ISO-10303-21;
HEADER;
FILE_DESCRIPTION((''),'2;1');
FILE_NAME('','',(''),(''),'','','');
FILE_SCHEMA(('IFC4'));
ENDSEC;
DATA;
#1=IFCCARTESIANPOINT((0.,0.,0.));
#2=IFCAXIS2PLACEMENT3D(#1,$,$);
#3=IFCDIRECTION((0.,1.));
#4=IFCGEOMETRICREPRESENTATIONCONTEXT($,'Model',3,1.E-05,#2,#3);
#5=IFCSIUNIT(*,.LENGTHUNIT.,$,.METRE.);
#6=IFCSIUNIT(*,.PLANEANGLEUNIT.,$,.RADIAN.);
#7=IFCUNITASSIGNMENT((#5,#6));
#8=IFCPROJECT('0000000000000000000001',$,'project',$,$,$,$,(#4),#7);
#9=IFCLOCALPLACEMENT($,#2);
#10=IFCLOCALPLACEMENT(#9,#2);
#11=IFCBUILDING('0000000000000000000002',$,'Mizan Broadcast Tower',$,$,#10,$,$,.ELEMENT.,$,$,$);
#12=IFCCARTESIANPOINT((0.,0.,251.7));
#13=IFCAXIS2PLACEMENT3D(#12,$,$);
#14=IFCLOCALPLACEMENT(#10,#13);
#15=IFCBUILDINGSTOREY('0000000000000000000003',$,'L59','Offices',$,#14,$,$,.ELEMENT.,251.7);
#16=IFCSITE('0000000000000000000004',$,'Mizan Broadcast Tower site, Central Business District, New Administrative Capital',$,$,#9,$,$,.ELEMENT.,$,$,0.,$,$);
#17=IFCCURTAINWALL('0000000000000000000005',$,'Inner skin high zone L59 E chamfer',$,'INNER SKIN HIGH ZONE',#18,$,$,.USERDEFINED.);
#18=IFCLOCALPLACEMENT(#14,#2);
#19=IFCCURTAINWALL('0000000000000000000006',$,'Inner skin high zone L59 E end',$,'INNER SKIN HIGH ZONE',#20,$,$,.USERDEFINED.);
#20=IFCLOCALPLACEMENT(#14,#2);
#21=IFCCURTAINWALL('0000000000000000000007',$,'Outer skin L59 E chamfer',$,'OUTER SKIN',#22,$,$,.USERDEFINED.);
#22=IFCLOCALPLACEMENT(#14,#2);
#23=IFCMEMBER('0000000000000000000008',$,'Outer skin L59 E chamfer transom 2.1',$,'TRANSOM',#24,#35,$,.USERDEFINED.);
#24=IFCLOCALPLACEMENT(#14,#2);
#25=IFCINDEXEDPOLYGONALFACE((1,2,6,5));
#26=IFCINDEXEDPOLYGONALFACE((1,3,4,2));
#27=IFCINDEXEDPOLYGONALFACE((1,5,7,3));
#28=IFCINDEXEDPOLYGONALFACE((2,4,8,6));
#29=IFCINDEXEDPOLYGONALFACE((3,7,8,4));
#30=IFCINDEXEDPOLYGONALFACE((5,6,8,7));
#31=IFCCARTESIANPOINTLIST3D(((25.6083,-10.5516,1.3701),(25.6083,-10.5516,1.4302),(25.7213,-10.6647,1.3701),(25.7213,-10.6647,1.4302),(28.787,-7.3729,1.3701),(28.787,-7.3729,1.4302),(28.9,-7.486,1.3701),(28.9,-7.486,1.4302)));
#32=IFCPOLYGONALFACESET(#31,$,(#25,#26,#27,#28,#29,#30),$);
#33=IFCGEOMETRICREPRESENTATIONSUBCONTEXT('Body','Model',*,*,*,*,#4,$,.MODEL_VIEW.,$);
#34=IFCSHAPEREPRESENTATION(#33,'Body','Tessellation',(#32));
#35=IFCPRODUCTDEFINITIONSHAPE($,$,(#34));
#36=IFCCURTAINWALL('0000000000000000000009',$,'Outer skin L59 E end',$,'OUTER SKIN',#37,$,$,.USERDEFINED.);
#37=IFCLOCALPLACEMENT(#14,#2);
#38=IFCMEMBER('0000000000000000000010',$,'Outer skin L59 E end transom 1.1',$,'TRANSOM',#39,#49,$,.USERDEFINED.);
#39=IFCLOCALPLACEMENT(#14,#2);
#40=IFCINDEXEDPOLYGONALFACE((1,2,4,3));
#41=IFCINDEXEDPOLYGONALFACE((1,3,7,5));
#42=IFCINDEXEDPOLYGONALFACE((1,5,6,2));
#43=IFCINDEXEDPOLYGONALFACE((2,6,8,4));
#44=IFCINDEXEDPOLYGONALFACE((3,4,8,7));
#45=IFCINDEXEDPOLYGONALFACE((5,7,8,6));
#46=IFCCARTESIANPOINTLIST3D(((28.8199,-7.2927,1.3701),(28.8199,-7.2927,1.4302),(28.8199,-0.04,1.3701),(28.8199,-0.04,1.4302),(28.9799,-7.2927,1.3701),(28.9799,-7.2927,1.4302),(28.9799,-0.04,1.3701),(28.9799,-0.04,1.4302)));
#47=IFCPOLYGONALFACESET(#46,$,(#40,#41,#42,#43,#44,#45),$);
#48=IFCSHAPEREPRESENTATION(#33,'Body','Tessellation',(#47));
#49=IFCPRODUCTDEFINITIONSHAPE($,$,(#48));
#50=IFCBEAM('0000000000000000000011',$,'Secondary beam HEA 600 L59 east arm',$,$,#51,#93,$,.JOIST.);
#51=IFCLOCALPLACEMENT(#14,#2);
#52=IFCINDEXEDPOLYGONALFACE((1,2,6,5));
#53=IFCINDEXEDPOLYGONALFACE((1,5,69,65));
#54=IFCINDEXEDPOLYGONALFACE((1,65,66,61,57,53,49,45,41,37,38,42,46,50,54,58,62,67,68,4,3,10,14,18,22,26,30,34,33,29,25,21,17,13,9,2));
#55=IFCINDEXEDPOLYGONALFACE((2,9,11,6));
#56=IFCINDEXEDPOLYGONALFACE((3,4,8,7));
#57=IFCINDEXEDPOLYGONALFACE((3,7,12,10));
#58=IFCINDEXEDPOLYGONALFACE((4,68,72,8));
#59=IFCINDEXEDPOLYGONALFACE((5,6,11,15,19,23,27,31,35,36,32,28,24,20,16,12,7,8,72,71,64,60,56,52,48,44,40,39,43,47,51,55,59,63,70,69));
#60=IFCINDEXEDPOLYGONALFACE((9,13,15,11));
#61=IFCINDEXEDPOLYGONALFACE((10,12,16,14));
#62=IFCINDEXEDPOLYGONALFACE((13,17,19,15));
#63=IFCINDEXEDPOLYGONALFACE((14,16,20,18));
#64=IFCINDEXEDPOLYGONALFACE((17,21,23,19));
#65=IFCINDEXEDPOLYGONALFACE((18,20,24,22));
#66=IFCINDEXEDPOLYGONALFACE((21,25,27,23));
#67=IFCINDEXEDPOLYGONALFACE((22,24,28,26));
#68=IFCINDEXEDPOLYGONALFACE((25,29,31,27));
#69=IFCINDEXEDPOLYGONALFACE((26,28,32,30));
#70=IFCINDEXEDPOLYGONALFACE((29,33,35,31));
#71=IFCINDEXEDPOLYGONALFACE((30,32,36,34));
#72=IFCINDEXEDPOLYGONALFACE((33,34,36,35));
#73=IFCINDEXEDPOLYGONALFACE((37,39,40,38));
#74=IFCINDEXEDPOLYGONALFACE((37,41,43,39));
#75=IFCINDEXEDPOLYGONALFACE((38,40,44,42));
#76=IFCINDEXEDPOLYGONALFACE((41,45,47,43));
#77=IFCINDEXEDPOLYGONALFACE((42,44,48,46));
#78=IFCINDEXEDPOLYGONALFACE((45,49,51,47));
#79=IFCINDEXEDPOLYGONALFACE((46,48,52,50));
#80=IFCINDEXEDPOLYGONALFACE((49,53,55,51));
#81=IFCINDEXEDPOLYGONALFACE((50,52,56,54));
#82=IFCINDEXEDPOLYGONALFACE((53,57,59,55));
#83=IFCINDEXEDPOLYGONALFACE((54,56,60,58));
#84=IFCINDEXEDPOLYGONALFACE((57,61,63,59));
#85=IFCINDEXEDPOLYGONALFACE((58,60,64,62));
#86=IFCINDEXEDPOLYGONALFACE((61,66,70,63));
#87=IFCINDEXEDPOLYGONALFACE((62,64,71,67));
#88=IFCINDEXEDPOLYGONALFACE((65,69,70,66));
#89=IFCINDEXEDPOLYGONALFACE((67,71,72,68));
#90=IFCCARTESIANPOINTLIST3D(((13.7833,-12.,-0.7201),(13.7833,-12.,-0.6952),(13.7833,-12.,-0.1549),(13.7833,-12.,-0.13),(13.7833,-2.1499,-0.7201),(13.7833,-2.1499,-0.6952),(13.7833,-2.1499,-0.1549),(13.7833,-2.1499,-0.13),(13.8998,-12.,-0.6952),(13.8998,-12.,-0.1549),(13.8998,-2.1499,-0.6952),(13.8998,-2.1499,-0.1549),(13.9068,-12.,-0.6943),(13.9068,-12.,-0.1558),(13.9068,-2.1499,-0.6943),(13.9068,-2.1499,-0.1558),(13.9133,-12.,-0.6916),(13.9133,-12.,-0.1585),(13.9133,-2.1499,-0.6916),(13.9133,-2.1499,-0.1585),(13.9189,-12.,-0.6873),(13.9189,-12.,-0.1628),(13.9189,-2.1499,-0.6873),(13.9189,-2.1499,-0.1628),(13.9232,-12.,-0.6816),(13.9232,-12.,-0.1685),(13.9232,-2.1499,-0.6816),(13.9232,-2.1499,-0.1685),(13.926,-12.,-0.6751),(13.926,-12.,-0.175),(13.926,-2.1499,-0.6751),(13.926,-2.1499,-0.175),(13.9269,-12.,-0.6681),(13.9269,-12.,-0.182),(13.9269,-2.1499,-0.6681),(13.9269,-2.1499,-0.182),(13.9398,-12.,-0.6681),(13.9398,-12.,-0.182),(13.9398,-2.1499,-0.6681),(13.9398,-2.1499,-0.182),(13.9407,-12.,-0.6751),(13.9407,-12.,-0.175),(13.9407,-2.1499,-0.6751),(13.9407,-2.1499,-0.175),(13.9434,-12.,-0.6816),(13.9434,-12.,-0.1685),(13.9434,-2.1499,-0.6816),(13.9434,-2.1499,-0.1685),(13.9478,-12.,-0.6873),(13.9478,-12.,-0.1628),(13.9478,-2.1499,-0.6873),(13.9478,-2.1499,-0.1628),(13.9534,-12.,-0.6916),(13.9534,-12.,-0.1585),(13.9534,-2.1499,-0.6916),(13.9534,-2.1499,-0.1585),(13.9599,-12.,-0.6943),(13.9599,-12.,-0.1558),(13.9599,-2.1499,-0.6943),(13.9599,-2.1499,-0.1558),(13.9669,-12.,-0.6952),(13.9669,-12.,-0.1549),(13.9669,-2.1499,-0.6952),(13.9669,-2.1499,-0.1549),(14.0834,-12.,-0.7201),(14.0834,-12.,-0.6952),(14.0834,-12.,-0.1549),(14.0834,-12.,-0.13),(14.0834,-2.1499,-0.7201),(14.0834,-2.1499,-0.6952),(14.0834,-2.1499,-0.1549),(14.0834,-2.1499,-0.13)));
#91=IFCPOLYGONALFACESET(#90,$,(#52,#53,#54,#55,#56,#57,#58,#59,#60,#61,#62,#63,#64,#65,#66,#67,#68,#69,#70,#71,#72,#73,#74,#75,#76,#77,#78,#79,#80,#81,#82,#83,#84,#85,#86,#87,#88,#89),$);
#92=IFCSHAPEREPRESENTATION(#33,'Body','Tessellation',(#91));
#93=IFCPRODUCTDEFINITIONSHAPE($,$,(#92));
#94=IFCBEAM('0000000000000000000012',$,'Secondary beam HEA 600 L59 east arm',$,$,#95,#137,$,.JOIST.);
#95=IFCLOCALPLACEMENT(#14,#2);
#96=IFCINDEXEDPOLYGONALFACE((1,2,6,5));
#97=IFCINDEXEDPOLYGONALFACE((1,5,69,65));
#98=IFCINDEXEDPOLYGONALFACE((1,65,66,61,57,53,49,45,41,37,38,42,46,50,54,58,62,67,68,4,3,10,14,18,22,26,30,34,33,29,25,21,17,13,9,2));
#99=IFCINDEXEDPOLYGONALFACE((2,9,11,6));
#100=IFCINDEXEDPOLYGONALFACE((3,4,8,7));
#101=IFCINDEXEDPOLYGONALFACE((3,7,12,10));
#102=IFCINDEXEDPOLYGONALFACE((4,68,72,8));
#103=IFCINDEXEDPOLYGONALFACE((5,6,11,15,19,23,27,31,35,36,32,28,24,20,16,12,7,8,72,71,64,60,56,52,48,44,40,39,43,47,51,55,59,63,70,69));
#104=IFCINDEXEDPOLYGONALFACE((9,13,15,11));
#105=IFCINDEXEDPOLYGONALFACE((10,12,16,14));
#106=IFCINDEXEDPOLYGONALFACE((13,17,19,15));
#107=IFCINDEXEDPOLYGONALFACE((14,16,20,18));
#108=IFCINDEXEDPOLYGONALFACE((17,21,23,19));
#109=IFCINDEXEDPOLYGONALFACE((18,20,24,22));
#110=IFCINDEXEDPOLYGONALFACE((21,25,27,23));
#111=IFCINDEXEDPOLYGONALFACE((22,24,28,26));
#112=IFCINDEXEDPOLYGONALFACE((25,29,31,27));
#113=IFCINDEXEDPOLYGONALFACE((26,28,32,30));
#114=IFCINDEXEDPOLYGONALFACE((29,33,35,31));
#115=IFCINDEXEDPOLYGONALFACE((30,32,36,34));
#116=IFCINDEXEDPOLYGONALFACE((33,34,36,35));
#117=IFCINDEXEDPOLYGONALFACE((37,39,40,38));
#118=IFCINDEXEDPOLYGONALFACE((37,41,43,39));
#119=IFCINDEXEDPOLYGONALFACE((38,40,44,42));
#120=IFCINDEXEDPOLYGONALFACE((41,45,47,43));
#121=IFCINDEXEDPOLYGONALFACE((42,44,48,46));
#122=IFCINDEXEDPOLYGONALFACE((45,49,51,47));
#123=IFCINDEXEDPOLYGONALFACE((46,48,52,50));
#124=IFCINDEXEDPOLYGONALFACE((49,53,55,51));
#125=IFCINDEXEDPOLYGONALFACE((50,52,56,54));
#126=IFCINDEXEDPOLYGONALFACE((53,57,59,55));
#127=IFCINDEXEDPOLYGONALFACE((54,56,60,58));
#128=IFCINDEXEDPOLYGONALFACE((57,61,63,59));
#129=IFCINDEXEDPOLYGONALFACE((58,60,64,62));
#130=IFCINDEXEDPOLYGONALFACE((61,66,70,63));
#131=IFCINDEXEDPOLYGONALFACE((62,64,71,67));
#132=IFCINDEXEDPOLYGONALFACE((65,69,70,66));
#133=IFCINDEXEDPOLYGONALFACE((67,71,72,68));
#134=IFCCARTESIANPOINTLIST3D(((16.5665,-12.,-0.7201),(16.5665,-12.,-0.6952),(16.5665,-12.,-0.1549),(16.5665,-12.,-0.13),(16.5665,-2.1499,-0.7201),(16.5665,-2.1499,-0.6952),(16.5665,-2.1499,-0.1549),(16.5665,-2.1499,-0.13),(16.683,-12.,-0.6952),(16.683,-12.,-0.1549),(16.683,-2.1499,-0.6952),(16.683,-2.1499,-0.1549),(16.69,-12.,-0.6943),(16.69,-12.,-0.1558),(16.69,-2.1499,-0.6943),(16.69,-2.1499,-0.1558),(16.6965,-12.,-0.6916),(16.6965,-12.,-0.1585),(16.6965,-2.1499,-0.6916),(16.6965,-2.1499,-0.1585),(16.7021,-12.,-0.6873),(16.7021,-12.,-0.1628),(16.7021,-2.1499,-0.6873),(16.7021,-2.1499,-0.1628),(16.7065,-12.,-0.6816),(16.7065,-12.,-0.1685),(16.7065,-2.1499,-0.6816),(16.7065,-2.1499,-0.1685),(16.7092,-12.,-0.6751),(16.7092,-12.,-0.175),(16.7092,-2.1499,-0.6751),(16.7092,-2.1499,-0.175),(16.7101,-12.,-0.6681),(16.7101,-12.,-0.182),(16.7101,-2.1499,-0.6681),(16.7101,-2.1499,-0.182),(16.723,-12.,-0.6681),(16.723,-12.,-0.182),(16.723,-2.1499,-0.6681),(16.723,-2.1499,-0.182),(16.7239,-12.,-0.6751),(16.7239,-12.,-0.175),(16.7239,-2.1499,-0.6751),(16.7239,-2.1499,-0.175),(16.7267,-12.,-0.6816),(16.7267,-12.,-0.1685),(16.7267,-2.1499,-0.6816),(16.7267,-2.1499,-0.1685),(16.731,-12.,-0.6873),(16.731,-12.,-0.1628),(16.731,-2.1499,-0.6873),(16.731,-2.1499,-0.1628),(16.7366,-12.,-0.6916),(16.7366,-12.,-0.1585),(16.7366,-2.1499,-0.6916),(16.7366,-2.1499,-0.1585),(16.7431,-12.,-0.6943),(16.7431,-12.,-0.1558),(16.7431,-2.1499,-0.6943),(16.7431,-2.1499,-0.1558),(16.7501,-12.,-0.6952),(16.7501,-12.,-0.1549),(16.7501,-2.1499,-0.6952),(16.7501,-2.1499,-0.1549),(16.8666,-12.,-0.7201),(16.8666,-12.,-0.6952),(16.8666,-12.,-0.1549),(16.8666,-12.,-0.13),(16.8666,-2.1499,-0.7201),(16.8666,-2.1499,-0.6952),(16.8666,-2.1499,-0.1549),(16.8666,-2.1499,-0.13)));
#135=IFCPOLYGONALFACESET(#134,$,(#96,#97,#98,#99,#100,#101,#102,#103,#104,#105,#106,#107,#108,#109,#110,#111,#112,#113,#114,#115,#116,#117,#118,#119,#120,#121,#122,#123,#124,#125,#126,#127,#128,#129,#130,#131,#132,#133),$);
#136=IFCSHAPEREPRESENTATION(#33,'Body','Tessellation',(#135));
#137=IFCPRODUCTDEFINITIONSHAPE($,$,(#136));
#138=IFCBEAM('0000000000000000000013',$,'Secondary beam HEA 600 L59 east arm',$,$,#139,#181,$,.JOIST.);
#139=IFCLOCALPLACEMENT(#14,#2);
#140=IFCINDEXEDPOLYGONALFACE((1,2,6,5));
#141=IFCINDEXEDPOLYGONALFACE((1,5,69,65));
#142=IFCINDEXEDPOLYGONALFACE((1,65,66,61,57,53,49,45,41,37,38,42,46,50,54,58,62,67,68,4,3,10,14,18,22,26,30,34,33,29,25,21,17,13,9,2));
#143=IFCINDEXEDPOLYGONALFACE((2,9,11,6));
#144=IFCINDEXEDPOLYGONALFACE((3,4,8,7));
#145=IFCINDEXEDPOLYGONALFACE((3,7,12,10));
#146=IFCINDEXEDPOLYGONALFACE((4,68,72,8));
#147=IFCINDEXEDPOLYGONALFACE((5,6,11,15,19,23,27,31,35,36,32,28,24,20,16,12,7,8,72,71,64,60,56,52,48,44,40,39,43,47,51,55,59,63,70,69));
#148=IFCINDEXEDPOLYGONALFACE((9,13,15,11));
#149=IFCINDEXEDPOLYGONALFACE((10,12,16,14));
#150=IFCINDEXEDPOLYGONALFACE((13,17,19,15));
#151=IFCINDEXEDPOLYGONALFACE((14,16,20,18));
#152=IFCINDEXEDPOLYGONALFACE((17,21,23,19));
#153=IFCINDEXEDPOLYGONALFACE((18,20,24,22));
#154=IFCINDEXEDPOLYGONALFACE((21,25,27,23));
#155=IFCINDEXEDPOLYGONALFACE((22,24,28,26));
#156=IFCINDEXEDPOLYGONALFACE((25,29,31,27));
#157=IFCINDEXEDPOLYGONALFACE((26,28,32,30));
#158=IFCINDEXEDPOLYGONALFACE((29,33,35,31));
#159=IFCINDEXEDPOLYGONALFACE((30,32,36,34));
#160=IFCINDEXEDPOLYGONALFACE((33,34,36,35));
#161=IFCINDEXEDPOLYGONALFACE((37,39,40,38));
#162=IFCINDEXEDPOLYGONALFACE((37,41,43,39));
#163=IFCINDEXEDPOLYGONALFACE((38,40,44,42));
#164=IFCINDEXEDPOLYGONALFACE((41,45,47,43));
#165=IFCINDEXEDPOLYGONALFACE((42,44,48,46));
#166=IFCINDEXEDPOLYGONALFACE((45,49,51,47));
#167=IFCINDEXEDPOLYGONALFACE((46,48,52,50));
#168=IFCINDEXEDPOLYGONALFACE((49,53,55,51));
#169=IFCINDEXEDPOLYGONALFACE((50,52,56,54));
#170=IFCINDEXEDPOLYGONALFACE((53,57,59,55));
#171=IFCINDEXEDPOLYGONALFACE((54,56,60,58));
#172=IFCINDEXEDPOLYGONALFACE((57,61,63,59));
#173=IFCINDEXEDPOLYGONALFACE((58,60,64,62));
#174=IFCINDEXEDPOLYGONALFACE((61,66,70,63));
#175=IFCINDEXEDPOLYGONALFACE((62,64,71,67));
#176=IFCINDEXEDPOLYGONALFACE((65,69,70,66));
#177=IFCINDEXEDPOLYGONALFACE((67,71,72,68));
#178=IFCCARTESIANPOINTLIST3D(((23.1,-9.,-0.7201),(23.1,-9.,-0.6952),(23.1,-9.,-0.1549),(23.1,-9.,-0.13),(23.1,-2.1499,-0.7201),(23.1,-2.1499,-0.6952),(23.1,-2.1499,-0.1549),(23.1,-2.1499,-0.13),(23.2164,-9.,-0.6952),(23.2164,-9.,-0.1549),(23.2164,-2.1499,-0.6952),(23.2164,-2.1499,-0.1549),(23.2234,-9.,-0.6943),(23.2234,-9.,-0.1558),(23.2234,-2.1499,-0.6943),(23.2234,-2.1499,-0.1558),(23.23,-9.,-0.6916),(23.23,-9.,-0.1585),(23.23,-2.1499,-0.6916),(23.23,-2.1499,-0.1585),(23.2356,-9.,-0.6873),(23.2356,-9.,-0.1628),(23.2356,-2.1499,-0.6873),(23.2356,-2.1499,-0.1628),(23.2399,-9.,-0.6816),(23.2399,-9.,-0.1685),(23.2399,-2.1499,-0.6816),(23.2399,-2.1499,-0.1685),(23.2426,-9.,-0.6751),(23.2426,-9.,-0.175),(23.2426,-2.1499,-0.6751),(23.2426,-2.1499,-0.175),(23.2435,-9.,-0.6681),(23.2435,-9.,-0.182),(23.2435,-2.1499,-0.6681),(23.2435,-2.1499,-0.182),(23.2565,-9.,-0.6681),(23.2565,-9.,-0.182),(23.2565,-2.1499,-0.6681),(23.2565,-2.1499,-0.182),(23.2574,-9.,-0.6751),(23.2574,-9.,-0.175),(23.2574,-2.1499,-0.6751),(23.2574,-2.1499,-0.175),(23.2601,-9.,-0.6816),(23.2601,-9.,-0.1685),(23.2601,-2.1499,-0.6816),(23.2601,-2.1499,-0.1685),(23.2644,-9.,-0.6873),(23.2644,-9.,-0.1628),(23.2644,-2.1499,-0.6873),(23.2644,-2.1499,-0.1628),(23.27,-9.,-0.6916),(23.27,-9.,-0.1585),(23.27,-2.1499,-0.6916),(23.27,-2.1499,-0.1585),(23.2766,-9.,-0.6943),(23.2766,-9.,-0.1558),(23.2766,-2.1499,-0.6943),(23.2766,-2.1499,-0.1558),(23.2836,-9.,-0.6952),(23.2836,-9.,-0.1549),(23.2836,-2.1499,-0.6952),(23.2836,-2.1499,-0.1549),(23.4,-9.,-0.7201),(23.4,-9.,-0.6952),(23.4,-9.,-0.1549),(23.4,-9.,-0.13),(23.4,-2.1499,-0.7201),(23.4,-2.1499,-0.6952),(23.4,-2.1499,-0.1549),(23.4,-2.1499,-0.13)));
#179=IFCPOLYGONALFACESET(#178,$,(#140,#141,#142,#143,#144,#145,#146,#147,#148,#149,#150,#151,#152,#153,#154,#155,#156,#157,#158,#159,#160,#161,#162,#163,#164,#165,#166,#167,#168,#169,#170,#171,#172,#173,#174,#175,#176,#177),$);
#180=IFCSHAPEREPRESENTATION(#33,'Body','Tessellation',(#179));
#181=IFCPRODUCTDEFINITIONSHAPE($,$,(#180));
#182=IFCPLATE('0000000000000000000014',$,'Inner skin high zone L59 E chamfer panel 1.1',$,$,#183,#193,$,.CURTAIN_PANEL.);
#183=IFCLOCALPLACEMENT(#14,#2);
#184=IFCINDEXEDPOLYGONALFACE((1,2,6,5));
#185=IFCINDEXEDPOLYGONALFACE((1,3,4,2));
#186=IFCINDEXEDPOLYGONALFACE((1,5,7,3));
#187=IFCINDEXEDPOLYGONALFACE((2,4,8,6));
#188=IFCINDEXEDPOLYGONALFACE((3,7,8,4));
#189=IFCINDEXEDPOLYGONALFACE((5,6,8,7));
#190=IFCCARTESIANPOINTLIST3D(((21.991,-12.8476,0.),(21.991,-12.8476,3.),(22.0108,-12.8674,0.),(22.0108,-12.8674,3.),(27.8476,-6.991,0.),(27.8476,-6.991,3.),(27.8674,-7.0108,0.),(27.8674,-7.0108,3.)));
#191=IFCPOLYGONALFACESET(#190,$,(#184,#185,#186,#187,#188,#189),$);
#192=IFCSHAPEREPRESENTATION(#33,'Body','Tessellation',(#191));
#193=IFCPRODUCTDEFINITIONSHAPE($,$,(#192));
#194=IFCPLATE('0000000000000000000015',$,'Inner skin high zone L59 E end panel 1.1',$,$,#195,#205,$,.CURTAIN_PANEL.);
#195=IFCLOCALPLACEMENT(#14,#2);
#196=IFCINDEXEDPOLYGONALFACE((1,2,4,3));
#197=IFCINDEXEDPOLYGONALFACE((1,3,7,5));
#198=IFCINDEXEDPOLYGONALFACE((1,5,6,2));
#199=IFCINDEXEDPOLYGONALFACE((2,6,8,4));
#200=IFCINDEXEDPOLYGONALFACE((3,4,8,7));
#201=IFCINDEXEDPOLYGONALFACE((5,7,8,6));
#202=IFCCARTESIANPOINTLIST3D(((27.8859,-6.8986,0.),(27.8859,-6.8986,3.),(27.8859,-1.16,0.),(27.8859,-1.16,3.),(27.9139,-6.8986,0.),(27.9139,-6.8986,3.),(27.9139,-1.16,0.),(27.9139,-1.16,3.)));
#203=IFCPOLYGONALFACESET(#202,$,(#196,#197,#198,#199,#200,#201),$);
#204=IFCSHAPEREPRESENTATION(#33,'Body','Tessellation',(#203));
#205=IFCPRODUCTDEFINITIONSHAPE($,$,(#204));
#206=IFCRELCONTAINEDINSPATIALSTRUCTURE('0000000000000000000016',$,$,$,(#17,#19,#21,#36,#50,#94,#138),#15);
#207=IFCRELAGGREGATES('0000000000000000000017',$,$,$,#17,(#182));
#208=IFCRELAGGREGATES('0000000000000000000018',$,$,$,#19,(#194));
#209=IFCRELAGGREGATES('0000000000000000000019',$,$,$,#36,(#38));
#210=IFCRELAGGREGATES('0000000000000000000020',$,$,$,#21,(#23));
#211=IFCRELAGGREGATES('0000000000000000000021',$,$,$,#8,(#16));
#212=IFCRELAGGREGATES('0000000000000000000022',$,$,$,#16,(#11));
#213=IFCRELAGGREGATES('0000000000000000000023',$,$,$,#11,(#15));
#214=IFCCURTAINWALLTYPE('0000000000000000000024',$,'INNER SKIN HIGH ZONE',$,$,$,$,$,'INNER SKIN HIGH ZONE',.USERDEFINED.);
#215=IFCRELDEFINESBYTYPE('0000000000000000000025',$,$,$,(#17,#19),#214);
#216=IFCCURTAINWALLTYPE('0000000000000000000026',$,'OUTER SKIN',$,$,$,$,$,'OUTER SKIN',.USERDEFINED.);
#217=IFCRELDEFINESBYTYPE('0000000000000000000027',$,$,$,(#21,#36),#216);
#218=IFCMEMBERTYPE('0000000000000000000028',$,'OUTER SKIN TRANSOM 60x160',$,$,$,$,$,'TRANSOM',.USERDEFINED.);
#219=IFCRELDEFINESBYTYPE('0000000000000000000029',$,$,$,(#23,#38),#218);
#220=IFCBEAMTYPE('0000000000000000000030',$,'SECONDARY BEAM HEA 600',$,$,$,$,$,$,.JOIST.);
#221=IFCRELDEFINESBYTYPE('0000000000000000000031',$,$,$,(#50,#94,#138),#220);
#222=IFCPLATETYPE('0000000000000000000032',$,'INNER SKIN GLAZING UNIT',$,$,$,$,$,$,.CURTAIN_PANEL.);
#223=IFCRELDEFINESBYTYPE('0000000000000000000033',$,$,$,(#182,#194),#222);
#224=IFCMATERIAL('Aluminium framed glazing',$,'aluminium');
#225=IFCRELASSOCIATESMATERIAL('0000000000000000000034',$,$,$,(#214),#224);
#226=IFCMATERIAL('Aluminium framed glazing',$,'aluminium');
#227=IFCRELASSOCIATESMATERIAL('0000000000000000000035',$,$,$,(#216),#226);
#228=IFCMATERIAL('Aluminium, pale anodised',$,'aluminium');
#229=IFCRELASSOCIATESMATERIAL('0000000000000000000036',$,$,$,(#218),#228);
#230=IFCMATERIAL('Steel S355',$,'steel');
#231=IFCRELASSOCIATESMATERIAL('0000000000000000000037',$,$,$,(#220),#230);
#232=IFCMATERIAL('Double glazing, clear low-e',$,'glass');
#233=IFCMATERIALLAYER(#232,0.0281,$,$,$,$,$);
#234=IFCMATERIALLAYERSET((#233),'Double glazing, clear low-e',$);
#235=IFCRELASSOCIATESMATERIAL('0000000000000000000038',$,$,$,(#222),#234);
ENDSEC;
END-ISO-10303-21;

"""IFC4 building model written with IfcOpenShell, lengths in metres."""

from ifc_helpers import new_model, si_unit, direction, frame, origin, origin_2d, place, context, subcontext, project, spatial, rectangle, i_section, extrude, material, layer, layer_set, material_profile, profile_set, type_object, element, aggregate, save


model = new_model("IFC4")

# Units and contexts
model_context = context("Model", 3, precision=1e-05, world=origin(), true_north=direction((0.0, 1.0)))
body_context = subcontext(model_context, "Body", "Model", "MODEL_VIEW")
ifc_project = project(units=[si_unit("LENGTHUNIT", "METRE"), si_unit("PLANEANGLEUNIT", "RADIAN")], contexts=[model_context])

# Site, building, storey
site_placement = place(None, origin())
site = spatial("IfcSite", under=ifc_project, at=site_placement, Name="Mizan Broadcast Tower site, Central Business District, New Administrative Capital", CompositionType="ELEMENT", RefElevation=0.0)
building_placement = place(site_placement, origin())
building = spatial("IfcBuilding", under=site, at=building_placement, Name="Mizan Broadcast Tower", CompositionType="ELEMENT")
storey_placement = place(building_placement, frame((0.0, 0.0, 251.7)))
storey = spatial("IfcBuildingStorey", under=building, at=storey_placement, Name="L59", Description="Offices", CompositionType="ELEMENT", Elevation=251.7)

# Curtain wall
ifc_material_1 = material(Name="Aluminium framed glazing", Category="aluminium")
curtain_wall_type_1 = type_object("IfcCurtainWallType", Name="INNER SKIN HIGH ZONE", ElementType="INNER SKIN HIGH ZONE", PredefinedType="USERDEFINED", material=ifc_material_1)
curtain_wall_1_placement = place(storey_placement, origin())
curtain_wall_1 = element("IfcCurtainWall", 1, at=curtain_wall_1_placement, inside=storey, type_object=curtain_wall_type_1, Name="Inner skin high zone L59 E chamfer", ObjectType="INNER SKIN HIGH ZONE", PredefinedType="USERDEFINED")

# Curtain walls, member
curtain_wall_2_placement = place(storey_placement, origin())
curtain_wall_2 = element("IfcCurtainWall", 2, at=curtain_wall_2_placement, inside=storey, type_object=curtain_wall_type_1, Name="Inner skin high zone L59 E end", ObjectType="INNER SKIN HIGH ZONE", PredefinedType="USERDEFINED")
ifc_material_2 = material(Name="Aluminium framed glazing", Category="aluminium")
curtain_wall_type_2 = type_object("IfcCurtainWallType", Name="OUTER SKIN", ElementType="OUTER SKIN", PredefinedType="USERDEFINED", material=ifc_material_2)
curtain_wall_3_placement = place(storey_placement, origin())
curtain_wall_3 = element("IfcCurtainWall", 3, at=curtain_wall_3_placement, inside=storey, type_object=curtain_wall_type_2, Name="Outer skin L59 E chamfer", ObjectType="OUTER SKIN", PredefinedType="USERDEFINED")
ifc_material_3 = material(Name="Aluminium, pale anodised", Category="aluminium")
ifc_material_profile_1 = material_profile(ifc_material_3, rectangle(XDim=0.1599, YDim=0.0601, at=origin_2d()), Name="TRANSOM 160x60")
ifc_profile_set_1 = profile_set([ifc_material_profile_1], Name="Aluminium, pale anodised")
member_type_1 = type_object("IfcMemberType", Name="OUTER SKIN TRANSOM 60x160", ElementType="TRANSOM", PredefinedType="USERDEFINED", material=ifc_profile_set_1)
member_1_placement = place(storey_placement, frame((25.6648, -10.6082, 1.4001), z_axis=(0.707107, 0.707107, 0.0), x_axis=(-0.707107, 0.707107, 0.0)))
member_1 = element("IfcMember", 4, at=member_1_placement, type_object=member_type_1, Name="Outer skin L59 E chamfer transom 2.1", ObjectType="TRANSOM", PredefinedType="USERDEFINED", context=body_context, shape_type="SweptSolid", body=[
    extrude(rectangle(XDim=0.1599, YDim=0.0601, at=origin_2d()), origin(), (0.0, 0.0, 1.0), 4.4954),
])

# Curtain wall, member
curtain_wall_4_placement = place(storey_placement, origin())
curtain_wall_4 = element("IfcCurtainWall", 5, at=curtain_wall_4_placement, inside=storey, type_object=curtain_wall_type_2, Name="Outer skin L59 E end", ObjectType="OUTER SKIN", PredefinedType="USERDEFINED")
member_2_placement = place(storey_placement, frame((28.8999, -7.2927, 1.4001), z_axis=(0.0, 1.0, 0.0), x_axis=(-1.0, 0.0, 0.0)))
member_2 = element("IfcMember", 6, at=member_2_placement, type_object=member_type_1, Name="Outer skin L59 E end transom 1.1", ObjectType="TRANSOM", PredefinedType="USERDEFINED", context=body_context, shape_type="SweptSolid", body=[
    extrude(rectangle(XDim=0.1599, YDim=0.0601, at=origin_2d()), origin(), (0.0, 0.0, 1.0), 7.2527),
])

# Beams
ifc_material_4 = material(Name="Steel S355", Category="steel")
ifc_material_profile_2 = material_profile(ifc_material_4, i_section(OverallWidth=0.3, OverallDepth=0.5901, WebThickness=0.0129, FlangeThickness=0.0249, FilletRadius=0.0271, at=origin_2d()), Name="HEA 600")
ifc_profile_set_2 = profile_set([ifc_material_profile_2], Name="Steel S355")
beam_type_1 = type_object("IfcBeamType", Name="SECONDARY BEAM HEA 600", PredefinedType="JOIST", material=ifc_profile_set_2)
for number, where, z_axis, x_axis, name in (
    (7, (13.9333, -12.0, -0.425), (0.0, 1.0, 0.0), (-1.0, 0.0, 0.0), "Secondary beam HEA 600 L59 east arm"),
    (8, (16.7166, -12.0, -0.425), (0.0, 1.0, 0.0), (-1.0, 0.0, 0.0), "Secondary beam HEA 600 L59 east arm"),
):
    element("IfcBeam", number, at=place(storey_placement, frame(where, z_axis=z_axis, x_axis=x_axis)), inside=storey, type_object=beam_type_1, Name=name, PredefinedType="JOIST", context=body_context, shape_type="SweptSolid", body=[
        extrude(i_section(OverallWidth=0.3, OverallDepth=0.5901, WebThickness=0.0129, FlangeThickness=0.0249, FilletRadius=0.0271, at=origin_2d()), origin(), (0.0, 0.0, 1.0), 9.8501),
    ])
beam_1_placement = place(storey_placement, frame((23.25, -9.0, -0.425), z_axis=(0.0, 1.0, 0.0), x_axis=(-1.0, 0.0, 0.0)))
element("IfcBeam", 9, at=beam_1_placement, inside=storey, type_object=beam_type_1, Name="Secondary beam HEA 600 L59 east arm", PredefinedType="JOIST", context=body_context, shape_type="SweptSolid", body=[
    extrude(i_section(OverallWidth=0.3, OverallDepth=0.5901, WebThickness=0.0129, FlangeThickness=0.0249, FilletRadius=0.0271, at=origin_2d()), origin(), (0.0, 0.0, 1.0), 6.8501),
])

# Plates
ifc_material_5 = material(Name="Double glazing, clear low-e", Category="glass")
ifc_layer_1 = layer(ifc_material_5, 0.0281)
ifc_layer_set_1 = layer_set([ifc_layer_1], Name="Double glazing, clear low-e")
plate_type_1 = type_object("IfcPlateType", Name="INNER SKIN GLAZING UNIT", PredefinedType="CURTAIN_PANEL", material=ifc_layer_set_1)
plate_1_placement = place(storey_placement, frame((24.9292, -9.9292, 0.0), z_axis=(0.0, 0.0, 1.0), x_axis=(0.707107, 0.707107, 0.0)))
plate_1 = element("IfcPlate", 10, at=plate_1_placement, type_object=plate_type_1, Name="Inner skin high zone L59 E chamfer panel 1.1", PredefinedType="CURTAIN_PANEL", context=body_context, shape_type="SweptSolid", body=[
    extrude(rectangle(XDim=8.2825, YDim=0.0281, at=origin_2d()), origin(), (0.0, 0.0, 1.0), 3.0),
])
plate_2_placement = place(storey_placement, frame((27.8999, -4.0293, 0.0), z_axis=(0.0, 0.0, 1.0), x_axis=(0.0, 1.0, 0.0)))
plate_2 = element("IfcPlate", 11, at=plate_2_placement, type_object=plate_type_1, Name="Inner skin high zone L59 E end panel 1.1", PredefinedType="CURTAIN_PANEL", context=body_context, shape_type="SweptSolid", body=[
    extrude(rectangle(XDim=5.7385, YDim=0.0281, at=origin_2d()), origin(), (0.0, 0.0, 1.0), 3.0),
])
aggregate(curtain_wall_1, [plate_1])
aggregate(curtain_wall_2, [plate_2])
aggregate(curtain_wall_4, [member_2])
aggregate(curtain_wall_3, [member_1])

save(model, "model.ifc")
